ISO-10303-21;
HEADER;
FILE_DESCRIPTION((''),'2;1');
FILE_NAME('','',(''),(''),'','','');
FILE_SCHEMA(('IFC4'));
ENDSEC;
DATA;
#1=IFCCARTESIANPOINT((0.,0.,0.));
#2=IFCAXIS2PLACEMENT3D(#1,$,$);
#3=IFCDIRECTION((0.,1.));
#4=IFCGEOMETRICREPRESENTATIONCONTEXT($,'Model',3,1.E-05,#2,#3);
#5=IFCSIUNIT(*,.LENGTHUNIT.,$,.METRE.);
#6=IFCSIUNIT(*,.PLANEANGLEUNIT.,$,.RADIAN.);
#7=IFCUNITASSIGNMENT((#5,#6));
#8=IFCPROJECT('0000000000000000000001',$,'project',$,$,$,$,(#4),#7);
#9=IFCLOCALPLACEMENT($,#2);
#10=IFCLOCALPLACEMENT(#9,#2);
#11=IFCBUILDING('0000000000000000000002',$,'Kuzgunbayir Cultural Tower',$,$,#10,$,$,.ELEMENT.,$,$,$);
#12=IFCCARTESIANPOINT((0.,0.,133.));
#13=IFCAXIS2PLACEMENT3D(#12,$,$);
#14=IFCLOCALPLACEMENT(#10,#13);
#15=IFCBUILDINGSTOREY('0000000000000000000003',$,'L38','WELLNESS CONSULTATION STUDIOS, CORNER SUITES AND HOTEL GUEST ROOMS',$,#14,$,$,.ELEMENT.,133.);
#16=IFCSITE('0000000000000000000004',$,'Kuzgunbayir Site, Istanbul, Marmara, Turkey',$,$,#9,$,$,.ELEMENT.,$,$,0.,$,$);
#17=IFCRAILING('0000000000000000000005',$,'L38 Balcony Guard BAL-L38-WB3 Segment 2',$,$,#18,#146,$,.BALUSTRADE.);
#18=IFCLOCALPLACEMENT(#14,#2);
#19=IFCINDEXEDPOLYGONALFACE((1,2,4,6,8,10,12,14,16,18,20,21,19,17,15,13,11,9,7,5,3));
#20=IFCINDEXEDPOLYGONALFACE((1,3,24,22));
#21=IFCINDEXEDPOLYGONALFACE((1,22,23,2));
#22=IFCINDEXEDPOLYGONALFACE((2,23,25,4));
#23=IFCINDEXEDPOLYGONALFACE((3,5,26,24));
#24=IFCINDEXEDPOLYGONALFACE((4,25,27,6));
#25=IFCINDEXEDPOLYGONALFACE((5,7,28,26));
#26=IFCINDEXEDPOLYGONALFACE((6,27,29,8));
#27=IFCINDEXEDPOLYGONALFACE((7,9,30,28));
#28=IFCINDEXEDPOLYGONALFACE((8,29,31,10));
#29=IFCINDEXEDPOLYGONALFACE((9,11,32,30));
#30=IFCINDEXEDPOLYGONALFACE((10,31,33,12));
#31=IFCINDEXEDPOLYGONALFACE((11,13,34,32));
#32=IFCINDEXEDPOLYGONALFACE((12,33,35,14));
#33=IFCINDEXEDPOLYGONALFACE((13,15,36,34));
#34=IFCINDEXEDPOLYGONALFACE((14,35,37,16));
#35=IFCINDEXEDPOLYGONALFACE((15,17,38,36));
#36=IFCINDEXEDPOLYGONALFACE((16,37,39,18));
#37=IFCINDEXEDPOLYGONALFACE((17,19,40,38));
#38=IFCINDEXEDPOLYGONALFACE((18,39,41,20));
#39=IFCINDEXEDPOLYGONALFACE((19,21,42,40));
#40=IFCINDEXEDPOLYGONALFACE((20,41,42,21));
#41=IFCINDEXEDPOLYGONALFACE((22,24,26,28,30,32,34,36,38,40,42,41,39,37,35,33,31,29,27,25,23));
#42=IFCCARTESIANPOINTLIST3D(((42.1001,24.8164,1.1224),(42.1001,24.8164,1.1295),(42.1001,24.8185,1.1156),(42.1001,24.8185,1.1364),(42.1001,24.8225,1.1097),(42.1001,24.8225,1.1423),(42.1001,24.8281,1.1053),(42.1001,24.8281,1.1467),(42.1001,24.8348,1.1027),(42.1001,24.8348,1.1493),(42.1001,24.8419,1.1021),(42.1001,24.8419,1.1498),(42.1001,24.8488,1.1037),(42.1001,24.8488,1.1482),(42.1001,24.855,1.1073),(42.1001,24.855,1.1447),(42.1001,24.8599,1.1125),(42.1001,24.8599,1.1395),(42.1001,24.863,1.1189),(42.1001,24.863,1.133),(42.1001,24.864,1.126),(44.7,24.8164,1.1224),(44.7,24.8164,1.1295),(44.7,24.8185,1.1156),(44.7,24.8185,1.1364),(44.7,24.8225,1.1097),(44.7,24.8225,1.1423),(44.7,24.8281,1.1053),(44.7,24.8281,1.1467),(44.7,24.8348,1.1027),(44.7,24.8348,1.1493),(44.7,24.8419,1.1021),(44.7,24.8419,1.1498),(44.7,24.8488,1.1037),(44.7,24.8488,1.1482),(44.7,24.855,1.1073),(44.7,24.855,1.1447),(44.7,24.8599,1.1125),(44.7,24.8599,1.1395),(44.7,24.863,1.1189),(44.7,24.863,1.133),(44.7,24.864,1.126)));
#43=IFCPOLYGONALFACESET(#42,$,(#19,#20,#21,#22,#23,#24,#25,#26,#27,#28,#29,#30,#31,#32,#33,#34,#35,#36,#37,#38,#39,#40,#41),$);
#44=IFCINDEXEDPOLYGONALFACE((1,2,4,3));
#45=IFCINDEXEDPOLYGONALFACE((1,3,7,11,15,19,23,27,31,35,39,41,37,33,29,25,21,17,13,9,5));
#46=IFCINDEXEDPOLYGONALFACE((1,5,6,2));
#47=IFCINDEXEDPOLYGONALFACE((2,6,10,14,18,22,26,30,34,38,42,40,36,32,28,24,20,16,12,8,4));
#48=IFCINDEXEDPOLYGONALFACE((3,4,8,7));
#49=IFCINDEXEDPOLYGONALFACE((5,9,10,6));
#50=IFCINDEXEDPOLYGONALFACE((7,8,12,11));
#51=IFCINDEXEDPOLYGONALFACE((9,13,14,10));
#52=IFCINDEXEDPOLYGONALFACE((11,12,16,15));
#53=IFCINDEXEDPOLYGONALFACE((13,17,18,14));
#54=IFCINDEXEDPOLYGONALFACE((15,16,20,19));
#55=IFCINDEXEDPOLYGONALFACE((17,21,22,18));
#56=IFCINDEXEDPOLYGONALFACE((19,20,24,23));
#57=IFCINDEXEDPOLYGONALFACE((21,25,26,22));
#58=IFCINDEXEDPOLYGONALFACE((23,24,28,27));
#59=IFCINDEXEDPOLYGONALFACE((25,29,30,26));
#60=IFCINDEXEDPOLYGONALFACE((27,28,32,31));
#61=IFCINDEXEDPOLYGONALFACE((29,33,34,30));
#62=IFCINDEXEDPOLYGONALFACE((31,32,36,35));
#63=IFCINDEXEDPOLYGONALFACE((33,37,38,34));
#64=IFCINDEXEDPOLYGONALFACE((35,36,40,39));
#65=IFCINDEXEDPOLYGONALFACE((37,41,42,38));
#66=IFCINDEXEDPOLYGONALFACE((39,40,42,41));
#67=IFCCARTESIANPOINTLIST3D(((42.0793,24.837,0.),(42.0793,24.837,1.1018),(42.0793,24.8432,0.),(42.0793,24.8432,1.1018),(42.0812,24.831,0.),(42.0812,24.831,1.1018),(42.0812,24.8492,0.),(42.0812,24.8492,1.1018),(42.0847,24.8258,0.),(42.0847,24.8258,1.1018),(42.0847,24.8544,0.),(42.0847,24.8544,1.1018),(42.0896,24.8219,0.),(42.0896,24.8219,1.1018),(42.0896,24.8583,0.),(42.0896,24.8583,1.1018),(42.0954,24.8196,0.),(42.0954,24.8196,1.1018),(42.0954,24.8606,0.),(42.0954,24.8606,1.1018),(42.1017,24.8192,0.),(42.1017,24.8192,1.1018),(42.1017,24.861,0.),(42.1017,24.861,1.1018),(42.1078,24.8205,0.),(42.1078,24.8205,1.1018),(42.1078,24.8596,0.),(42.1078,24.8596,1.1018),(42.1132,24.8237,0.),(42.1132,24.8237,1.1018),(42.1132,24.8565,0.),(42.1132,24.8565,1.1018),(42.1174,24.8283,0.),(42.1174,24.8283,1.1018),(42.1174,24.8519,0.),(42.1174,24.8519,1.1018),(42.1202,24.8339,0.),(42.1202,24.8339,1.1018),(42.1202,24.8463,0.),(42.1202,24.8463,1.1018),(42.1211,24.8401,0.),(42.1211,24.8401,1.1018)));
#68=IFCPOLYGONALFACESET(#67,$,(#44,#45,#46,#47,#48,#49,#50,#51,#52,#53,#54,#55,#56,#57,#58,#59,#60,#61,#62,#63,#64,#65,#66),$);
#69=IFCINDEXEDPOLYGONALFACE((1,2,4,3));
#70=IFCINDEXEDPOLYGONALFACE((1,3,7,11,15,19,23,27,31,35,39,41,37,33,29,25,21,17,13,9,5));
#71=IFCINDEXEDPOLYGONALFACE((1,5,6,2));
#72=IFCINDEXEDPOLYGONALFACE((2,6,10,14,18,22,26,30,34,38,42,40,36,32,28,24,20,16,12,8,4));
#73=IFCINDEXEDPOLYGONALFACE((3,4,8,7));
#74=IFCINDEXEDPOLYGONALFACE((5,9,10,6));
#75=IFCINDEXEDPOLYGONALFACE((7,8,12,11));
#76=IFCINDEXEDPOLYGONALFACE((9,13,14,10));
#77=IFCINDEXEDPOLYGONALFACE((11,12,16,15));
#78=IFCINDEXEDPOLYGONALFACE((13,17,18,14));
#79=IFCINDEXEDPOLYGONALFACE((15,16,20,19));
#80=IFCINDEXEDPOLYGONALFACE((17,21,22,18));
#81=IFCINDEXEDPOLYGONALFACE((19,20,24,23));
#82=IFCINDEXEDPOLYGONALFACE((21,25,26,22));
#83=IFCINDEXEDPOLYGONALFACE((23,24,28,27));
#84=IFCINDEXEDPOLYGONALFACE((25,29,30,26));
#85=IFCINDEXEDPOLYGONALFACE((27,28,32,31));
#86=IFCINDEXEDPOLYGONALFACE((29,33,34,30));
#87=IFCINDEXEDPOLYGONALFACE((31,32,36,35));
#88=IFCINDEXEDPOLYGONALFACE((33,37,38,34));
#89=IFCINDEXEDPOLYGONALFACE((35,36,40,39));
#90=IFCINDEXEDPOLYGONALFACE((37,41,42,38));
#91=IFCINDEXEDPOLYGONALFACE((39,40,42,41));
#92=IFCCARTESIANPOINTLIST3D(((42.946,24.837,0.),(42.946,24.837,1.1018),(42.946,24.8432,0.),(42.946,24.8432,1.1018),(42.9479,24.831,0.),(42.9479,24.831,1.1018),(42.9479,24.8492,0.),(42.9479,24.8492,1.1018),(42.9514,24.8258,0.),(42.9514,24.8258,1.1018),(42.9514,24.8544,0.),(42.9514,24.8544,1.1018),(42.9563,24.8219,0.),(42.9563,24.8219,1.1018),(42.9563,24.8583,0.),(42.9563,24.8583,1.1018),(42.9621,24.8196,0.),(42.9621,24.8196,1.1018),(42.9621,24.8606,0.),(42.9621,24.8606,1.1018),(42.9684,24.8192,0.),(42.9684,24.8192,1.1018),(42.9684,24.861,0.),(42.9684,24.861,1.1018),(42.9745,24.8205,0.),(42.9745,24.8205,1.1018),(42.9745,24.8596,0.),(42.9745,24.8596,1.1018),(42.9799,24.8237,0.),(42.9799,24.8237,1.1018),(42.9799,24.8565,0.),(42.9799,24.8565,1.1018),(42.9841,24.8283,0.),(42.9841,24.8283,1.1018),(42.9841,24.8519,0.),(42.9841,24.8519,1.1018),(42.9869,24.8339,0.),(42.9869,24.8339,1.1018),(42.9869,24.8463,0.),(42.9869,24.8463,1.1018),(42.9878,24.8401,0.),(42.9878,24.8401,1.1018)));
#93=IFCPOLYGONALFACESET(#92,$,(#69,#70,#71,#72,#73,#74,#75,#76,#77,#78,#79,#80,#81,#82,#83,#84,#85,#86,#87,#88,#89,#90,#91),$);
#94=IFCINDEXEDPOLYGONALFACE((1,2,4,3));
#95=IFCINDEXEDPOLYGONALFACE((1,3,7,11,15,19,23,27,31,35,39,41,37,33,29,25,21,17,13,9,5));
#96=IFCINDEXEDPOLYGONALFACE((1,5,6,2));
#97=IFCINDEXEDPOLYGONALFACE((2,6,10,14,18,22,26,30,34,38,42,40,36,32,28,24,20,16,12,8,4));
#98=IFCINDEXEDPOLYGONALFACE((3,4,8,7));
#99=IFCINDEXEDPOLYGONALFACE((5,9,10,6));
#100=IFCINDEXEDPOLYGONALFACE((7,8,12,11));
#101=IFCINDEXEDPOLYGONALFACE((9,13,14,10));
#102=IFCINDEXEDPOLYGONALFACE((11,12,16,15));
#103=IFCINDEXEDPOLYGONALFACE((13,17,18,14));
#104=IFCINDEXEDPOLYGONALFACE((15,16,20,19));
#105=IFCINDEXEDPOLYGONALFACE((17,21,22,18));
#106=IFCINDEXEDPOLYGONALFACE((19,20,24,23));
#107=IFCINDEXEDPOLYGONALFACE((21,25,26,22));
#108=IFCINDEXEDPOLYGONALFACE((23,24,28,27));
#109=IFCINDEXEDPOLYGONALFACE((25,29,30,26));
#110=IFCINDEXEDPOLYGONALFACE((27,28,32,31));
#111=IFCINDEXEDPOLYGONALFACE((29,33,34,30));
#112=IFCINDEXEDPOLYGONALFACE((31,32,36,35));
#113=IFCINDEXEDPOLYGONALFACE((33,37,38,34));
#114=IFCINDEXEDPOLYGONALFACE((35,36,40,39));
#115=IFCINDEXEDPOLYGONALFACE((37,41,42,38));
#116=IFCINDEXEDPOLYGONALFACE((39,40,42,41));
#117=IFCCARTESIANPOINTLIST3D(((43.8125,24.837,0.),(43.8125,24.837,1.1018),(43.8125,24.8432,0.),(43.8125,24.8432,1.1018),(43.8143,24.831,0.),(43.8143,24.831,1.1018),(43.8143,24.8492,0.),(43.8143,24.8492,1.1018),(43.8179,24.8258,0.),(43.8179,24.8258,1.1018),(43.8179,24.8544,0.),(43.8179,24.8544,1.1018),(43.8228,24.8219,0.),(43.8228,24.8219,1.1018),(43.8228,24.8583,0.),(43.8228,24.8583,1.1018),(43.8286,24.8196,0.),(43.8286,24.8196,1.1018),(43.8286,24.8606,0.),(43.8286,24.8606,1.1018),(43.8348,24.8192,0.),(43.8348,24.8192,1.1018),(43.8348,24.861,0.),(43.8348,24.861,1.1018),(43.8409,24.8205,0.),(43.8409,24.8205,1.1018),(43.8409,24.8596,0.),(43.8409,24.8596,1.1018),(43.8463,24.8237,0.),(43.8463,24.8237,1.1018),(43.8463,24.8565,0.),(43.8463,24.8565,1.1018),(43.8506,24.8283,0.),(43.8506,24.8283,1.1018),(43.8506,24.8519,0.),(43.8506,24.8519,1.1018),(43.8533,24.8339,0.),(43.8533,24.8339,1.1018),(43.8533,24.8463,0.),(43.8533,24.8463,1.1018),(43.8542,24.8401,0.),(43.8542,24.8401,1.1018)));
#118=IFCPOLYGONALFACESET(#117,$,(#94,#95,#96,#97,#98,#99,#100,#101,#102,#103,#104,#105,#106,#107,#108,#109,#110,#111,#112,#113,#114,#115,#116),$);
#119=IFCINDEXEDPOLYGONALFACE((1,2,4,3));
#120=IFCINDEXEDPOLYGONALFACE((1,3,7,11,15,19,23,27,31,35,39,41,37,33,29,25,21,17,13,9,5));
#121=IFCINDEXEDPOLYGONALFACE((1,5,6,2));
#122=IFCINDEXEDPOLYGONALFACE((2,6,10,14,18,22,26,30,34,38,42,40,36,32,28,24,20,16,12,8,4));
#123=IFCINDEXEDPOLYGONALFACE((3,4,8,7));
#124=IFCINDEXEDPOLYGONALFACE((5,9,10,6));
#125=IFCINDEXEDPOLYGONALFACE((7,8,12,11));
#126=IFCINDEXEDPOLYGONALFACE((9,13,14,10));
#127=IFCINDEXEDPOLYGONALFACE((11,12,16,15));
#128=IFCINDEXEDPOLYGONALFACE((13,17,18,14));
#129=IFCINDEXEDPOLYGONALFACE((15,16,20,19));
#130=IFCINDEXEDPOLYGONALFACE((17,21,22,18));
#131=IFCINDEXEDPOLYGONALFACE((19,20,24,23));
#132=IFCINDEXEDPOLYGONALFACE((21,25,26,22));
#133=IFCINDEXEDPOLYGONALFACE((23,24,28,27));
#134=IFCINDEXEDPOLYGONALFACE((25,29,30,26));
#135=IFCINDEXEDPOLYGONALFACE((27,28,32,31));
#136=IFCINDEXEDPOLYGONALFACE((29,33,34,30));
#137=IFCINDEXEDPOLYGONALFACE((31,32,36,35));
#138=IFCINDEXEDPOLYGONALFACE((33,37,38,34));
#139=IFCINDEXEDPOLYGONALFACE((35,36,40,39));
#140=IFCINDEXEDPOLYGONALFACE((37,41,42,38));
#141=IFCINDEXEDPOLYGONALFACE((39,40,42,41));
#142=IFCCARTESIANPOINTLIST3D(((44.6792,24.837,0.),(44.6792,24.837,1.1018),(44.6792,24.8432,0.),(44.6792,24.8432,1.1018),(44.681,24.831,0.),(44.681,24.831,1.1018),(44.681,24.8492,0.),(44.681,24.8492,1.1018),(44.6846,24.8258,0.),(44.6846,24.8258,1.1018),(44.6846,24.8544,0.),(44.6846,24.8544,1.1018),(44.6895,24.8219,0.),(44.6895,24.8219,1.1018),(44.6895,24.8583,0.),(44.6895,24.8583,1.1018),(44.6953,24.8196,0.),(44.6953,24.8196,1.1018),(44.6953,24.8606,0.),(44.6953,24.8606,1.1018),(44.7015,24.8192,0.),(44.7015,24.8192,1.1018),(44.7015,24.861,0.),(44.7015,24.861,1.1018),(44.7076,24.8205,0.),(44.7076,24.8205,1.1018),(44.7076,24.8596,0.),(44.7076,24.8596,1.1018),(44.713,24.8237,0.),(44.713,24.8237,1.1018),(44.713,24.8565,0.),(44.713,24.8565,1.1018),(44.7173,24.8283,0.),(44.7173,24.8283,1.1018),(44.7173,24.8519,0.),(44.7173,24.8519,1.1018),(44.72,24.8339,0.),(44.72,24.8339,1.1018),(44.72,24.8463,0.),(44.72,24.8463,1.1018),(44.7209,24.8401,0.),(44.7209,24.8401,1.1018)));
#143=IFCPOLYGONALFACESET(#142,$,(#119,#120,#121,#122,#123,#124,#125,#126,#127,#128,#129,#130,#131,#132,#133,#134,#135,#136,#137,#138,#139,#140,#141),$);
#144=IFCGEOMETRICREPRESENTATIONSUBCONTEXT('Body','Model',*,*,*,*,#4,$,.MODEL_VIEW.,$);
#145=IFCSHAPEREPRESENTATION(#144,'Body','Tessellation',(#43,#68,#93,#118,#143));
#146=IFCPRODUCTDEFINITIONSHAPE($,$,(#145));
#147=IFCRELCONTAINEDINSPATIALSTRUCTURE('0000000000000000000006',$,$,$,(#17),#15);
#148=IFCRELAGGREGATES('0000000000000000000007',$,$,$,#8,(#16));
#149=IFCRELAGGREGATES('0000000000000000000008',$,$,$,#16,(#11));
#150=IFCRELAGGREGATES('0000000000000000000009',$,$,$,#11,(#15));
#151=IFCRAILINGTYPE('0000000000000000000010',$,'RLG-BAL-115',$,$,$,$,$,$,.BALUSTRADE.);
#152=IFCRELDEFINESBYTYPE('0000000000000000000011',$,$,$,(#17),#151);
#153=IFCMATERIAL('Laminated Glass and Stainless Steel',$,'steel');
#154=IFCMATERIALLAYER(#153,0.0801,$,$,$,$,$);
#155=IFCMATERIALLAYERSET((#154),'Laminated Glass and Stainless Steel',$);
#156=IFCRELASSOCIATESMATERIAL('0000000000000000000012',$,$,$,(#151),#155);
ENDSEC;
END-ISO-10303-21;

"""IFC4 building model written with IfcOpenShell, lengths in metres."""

from ifc_helpers import new_model, si_unit, direction, frame, origin, origin_2d, place, context, subcontext, project, spatial, circle, extrude, material, layer, layer_set, type_object, element, save


model = new_model("IFC4")

# Units and contexts
model_context = context("Model", 3, precision=1e-05, world=origin(), true_north=direction((0.0, 1.0)))
body_context = subcontext(model_context, "Body", "Model", "MODEL_VIEW")
ifc_project = project(units=[si_unit("LENGTHUNIT", "METRE"), si_unit("PLANEANGLEUNIT", "RADIAN")], contexts=[model_context])

# Site, building, storey
site_placement = place(None, origin())
site = spatial("IfcSite", under=ifc_project, at=site_placement, Name="Kuzgunbayir Site, Istanbul, Marmara, Turkey", CompositionType="ELEMENT", RefElevation=0.0)
building_placement = place(site_placement, origin())
building = spatial("IfcBuilding", under=site, at=building_placement, Name="Kuzgunbayir Cultural Tower", CompositionType="ELEMENT")
storey_placement = place(building_placement, frame((0.0, 0.0, 133.0)))
storey = spatial("IfcBuildingStorey", under=building, at=storey_placement, Name="L38", Description="WELLNESS CONSULTATION STUDIOS, CORNER SUITES AND HOTEL GUEST ROOMS", CompositionType="ELEMENT", Elevation=133.0)

# Railing
ifc_material_1 = material(Name="Laminated Glass and Stainless Steel", Category="steel")
ifc_layer_1 = layer(ifc_material_1, 0.0801)
ifc_layer_set_1 = layer_set([ifc_layer_1], Name="Laminated Glass and Stainless Steel")
railing_type = type_object("IfcRailingType", Name="RLG-BAL-115", PredefinedType="BALUSTRADE", material=ifc_layer_set_1)
railing_1_placement = place(storey_placement, frame((42.1001, 24.8401, 0.0)))
element("IfcRailing", 1, at=railing_1_placement, inside=storey, type_object=railing_type, Name="L38 Balcony Guard BAL-L38-WB3 Segment 2", PredefinedType="BALUSTRADE", context=body_context, shape_type="SweptSolid", body=[
    extrude(circle(Radius=0.0239, at=origin_2d()), frame((0.0, 0.0, 1.126), z_axis=(1.0, 0.0, 0.0), x_axis=(0.0, 1.0, 0.0)), (0.0, 0.0, 1.0), 2.5999),
    extrude(circle(Radius=0.021, at=origin_2d()), origin(), (0.0, 0.0, 1.0), 1.1018),
    extrude(circle(Radius=0.021, at=origin_2d()), frame((0.8667, 0.0, 0.0)), (0.0, 0.0, 1.0), 1.1018),
    extrude(circle(Radius=0.021, at=origin_2d()), frame((1.7332, 0.0, 0.0)), (0.0, 0.0, 1.0), 1.1018),
    extrude(circle(Radius=0.021, at=origin_2d()), frame((2.5999, 0.0, 0.0)), (0.0, 0.0, 1.0), 1.1018),
])

save(model, "model.ifc")
